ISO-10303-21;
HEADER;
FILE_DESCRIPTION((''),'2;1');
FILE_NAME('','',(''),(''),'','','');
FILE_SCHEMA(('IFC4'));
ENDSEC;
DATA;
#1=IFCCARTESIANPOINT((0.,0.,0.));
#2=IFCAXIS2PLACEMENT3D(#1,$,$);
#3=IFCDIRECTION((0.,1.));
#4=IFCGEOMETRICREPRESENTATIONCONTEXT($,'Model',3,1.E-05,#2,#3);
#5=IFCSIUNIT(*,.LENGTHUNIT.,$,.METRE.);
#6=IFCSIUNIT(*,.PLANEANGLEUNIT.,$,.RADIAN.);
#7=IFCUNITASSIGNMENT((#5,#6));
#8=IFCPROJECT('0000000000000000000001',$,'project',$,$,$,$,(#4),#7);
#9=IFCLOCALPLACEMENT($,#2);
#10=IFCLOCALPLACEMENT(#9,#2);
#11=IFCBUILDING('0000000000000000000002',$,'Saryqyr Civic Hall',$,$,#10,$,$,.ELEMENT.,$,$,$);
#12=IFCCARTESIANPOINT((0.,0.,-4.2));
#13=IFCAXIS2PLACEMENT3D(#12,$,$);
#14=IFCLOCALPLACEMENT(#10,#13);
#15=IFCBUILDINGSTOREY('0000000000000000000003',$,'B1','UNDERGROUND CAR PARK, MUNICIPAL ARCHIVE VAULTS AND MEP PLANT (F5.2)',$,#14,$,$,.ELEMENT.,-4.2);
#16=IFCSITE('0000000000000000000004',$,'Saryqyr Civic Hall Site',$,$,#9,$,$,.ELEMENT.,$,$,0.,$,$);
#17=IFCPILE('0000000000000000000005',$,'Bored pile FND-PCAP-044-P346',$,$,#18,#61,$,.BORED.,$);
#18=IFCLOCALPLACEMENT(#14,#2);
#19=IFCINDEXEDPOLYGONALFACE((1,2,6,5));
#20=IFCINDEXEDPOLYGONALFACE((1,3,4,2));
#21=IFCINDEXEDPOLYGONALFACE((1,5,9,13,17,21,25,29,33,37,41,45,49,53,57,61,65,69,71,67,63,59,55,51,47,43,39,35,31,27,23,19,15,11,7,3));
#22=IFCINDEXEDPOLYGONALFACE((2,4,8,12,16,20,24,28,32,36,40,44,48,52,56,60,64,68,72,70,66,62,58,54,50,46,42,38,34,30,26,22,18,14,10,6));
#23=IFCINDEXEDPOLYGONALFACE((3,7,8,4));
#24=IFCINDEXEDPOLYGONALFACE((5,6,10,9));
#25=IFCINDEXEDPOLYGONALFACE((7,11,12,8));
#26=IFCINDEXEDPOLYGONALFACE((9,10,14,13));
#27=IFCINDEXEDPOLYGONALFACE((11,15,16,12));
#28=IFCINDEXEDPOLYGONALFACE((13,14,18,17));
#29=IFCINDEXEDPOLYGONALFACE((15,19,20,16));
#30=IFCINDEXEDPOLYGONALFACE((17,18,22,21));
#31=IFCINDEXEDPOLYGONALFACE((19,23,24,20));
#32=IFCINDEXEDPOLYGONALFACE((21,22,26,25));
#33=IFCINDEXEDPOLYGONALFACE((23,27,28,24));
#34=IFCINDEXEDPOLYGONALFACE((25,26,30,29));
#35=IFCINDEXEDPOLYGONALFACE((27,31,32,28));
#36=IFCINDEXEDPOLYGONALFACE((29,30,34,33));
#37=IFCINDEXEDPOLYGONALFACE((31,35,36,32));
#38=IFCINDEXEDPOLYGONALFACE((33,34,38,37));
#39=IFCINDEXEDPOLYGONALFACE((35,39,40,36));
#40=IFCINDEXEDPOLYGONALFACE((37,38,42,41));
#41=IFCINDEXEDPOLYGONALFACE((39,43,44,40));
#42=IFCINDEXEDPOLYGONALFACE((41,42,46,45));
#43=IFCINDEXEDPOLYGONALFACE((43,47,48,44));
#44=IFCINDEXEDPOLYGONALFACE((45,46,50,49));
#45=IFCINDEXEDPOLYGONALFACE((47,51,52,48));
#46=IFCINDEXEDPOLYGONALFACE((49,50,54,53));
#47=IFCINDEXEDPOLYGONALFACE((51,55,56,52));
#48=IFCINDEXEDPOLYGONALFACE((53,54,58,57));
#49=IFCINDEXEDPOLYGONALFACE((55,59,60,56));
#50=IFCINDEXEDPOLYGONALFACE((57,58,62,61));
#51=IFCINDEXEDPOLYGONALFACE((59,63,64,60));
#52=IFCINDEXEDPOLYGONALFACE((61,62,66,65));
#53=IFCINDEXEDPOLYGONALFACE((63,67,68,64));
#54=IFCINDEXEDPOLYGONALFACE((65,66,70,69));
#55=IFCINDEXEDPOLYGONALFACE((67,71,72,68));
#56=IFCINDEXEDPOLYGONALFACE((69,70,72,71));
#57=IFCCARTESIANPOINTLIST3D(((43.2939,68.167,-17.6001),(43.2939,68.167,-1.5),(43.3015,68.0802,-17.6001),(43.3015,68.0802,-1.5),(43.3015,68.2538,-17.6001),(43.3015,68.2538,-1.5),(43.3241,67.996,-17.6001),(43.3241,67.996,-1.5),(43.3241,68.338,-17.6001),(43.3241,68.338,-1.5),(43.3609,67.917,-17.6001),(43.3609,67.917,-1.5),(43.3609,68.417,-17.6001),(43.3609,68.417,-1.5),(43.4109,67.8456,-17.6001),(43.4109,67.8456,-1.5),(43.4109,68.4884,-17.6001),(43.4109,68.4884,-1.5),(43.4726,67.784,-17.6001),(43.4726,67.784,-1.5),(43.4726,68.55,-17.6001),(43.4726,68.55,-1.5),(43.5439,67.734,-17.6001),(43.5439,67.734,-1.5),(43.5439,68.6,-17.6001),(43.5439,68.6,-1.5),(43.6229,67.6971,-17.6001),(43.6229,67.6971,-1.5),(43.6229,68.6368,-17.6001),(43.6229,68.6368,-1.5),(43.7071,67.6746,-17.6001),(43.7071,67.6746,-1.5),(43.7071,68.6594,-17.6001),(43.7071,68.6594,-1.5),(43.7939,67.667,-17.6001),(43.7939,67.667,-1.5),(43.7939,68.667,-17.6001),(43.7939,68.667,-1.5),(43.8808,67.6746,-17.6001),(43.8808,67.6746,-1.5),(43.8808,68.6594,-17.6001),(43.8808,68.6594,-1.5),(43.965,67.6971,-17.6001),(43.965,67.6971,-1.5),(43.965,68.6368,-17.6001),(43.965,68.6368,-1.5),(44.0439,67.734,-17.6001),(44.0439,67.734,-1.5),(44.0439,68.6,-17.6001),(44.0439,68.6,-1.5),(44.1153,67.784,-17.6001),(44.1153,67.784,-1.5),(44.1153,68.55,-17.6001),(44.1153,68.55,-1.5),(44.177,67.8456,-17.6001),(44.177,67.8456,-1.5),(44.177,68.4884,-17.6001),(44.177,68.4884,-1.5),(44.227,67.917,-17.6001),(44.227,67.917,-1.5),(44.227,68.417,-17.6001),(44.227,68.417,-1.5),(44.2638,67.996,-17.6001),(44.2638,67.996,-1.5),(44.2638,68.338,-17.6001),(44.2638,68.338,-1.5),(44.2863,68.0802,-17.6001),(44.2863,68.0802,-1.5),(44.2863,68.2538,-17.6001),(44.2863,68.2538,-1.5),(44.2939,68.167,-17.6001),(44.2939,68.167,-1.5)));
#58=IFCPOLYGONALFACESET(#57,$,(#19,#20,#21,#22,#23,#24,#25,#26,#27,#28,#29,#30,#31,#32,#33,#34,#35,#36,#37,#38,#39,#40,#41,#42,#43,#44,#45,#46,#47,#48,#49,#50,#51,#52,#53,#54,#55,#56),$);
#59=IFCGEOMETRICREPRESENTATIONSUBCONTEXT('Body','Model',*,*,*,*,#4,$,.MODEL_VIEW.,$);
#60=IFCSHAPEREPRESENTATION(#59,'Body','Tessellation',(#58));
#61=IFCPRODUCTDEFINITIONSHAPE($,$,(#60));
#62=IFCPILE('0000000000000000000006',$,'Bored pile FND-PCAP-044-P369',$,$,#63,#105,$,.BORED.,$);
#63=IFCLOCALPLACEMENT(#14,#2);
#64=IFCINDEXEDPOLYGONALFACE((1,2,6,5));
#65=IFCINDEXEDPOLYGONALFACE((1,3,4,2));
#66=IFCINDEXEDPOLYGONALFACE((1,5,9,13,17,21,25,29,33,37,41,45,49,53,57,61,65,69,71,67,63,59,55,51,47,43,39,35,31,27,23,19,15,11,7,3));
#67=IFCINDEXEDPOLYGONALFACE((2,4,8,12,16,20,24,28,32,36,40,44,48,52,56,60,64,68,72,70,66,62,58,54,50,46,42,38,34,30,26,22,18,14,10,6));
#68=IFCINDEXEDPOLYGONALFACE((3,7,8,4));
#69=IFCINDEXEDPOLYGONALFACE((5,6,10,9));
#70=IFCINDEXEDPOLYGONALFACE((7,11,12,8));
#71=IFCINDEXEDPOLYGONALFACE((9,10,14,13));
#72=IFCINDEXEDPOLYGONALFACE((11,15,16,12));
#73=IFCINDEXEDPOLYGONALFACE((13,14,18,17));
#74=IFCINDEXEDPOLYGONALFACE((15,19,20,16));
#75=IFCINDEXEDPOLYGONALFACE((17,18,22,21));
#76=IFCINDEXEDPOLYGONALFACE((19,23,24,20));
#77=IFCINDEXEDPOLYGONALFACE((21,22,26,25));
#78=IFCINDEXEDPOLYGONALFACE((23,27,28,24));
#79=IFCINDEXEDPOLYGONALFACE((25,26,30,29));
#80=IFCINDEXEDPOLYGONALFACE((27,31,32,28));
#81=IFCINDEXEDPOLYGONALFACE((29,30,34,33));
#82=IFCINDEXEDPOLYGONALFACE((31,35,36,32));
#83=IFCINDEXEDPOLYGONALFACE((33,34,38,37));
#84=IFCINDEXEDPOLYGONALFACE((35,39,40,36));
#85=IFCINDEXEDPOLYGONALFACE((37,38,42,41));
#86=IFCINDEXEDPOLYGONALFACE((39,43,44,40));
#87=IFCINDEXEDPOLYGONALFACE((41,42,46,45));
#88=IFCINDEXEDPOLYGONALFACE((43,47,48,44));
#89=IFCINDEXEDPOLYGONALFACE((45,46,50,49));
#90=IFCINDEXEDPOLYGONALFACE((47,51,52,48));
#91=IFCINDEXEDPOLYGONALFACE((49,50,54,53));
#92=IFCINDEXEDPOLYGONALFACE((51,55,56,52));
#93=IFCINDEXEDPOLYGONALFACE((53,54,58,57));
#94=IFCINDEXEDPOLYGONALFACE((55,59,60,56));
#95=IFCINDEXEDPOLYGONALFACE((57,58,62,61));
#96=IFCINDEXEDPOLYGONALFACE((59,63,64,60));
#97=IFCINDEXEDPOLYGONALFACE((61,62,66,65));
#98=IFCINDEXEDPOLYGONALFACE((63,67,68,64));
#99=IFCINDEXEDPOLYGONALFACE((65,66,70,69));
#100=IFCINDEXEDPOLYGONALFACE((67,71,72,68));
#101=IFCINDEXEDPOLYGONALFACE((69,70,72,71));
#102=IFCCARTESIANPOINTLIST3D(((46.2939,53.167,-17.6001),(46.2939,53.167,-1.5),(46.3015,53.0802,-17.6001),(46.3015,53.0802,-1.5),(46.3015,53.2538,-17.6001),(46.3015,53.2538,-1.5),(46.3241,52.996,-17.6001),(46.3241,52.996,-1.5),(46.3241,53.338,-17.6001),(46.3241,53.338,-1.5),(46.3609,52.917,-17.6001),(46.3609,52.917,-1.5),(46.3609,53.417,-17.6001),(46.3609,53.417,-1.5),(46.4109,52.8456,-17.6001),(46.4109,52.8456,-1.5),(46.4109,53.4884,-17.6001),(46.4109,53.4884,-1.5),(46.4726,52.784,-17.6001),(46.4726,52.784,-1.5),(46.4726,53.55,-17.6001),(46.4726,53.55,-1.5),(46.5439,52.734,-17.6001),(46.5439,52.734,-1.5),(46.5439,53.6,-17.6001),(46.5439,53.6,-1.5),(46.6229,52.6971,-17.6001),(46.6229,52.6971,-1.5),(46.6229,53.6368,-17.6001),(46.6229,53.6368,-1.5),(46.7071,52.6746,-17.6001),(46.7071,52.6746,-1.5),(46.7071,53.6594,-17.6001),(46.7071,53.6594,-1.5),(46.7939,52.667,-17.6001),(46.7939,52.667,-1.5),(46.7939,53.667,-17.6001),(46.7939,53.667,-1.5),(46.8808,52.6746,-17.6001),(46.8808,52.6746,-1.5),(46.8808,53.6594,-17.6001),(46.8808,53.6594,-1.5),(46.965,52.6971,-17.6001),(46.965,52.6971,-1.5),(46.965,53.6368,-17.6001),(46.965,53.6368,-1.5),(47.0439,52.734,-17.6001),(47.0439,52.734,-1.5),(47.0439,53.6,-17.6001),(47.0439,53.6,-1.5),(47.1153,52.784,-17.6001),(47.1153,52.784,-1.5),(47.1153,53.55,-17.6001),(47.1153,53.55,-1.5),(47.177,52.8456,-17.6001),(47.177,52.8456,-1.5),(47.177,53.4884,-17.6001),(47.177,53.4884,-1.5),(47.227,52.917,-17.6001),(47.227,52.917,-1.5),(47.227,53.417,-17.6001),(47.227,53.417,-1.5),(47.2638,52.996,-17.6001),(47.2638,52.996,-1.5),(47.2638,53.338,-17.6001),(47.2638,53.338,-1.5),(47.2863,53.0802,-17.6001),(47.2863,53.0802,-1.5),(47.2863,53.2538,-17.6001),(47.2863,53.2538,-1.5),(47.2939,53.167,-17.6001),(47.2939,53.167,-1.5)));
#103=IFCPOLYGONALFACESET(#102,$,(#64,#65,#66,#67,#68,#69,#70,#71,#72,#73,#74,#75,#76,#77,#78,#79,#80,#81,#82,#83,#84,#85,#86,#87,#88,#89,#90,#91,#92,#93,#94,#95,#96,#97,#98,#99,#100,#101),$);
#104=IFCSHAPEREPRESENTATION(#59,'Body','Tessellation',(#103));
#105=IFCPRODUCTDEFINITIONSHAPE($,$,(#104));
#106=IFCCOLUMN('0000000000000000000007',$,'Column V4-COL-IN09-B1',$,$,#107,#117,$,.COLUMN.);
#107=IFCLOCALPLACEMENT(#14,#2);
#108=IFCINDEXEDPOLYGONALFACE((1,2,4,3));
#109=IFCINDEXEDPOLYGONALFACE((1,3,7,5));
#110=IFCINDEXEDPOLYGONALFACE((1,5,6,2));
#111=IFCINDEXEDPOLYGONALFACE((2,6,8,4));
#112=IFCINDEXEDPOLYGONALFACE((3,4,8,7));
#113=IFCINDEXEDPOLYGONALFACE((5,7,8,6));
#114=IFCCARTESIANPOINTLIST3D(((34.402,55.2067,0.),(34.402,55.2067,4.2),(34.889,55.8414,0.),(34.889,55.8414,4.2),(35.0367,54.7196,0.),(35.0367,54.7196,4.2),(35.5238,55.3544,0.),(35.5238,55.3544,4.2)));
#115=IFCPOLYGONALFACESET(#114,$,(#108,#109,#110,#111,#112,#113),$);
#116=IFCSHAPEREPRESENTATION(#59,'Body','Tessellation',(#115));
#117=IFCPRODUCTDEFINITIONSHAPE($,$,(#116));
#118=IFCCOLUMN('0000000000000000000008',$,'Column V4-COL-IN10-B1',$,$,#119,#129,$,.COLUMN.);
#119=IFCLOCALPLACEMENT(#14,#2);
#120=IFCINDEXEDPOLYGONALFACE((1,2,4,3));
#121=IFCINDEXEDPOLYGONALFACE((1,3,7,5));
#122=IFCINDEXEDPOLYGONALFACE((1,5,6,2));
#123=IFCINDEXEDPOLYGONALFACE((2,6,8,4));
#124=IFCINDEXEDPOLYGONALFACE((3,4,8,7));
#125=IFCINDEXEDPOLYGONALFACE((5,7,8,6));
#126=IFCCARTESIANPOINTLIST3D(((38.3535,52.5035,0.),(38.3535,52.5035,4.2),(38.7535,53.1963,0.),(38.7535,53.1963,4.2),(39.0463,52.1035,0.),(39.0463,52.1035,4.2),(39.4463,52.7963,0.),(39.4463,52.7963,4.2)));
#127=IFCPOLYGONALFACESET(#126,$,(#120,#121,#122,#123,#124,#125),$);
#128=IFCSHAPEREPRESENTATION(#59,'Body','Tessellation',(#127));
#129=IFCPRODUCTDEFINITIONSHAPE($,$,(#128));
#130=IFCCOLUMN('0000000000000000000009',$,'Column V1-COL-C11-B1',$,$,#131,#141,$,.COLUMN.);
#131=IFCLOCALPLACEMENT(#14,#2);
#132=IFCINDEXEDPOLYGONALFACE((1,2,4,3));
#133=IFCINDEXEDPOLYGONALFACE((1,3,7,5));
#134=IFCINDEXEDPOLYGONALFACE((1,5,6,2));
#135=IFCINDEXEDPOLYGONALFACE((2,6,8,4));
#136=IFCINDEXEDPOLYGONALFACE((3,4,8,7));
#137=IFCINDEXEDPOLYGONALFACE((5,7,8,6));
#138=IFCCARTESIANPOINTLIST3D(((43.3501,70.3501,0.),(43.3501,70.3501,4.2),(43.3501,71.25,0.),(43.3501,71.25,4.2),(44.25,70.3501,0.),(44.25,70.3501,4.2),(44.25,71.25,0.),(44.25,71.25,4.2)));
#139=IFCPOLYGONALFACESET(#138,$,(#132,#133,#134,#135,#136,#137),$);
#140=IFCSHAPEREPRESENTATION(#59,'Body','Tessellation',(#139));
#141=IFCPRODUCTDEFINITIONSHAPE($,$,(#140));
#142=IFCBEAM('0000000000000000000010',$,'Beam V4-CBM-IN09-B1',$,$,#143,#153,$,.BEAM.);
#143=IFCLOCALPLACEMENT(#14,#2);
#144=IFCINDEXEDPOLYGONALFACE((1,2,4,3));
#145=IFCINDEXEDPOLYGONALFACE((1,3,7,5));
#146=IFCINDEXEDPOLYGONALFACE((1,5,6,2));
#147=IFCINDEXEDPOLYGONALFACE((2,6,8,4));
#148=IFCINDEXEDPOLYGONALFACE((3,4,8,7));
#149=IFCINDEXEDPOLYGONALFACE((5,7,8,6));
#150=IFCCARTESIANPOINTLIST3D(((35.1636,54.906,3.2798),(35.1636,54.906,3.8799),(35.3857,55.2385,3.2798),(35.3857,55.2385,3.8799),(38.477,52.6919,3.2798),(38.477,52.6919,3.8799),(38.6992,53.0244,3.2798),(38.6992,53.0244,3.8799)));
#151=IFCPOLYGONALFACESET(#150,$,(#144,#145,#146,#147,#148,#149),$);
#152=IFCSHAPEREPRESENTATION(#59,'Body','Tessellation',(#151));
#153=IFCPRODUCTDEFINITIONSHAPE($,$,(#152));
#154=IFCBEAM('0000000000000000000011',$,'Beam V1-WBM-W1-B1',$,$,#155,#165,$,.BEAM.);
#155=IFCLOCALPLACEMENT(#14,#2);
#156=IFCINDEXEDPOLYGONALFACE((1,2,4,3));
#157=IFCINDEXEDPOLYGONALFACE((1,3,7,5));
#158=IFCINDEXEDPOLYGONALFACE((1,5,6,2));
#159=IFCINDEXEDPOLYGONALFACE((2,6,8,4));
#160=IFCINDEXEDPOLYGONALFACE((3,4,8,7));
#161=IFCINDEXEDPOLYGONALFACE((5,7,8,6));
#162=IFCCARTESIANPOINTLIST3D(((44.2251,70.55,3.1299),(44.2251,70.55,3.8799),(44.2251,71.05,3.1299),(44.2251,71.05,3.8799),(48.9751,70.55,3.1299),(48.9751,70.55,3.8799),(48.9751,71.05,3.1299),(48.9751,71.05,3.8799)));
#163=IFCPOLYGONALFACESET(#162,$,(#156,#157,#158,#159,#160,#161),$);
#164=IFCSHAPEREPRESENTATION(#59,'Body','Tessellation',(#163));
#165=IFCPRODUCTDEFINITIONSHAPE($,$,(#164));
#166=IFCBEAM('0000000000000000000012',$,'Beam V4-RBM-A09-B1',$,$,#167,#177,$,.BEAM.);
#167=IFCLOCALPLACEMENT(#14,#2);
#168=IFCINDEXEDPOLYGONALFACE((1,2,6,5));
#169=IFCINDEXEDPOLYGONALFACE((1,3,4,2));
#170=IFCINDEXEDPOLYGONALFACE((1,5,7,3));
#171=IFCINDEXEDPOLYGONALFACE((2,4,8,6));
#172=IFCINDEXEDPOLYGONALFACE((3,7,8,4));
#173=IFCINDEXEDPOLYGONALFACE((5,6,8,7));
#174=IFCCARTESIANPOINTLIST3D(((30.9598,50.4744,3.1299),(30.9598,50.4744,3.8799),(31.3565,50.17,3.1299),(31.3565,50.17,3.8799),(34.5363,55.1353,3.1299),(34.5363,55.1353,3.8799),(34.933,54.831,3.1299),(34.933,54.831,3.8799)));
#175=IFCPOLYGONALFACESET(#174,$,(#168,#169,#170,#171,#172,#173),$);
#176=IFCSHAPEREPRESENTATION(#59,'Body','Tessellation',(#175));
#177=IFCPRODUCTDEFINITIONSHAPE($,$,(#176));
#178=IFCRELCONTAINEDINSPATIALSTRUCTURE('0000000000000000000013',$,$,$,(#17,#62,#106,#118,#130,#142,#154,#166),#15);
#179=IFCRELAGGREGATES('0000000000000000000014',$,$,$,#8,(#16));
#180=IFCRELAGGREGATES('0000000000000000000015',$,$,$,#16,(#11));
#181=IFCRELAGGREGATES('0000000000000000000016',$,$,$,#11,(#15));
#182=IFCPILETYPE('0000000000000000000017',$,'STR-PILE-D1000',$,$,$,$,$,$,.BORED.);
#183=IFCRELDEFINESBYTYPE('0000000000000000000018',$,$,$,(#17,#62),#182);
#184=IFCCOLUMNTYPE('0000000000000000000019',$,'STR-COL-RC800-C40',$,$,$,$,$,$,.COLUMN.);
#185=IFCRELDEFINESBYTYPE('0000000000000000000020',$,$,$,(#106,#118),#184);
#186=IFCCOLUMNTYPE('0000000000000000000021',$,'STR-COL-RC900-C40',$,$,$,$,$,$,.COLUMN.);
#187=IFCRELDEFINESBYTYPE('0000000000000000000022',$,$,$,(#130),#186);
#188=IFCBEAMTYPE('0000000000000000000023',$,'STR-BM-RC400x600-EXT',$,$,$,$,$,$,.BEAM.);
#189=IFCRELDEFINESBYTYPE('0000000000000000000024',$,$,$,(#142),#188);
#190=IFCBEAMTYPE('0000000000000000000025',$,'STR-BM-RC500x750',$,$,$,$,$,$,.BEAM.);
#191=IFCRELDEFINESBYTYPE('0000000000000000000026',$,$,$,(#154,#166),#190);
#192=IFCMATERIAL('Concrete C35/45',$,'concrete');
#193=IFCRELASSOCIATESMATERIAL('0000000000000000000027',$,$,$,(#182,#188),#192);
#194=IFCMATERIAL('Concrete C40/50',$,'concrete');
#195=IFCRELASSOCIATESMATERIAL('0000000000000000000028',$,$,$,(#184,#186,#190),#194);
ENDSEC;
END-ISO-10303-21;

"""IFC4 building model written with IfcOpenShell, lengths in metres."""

from ifc_helpers import new_model, si_unit, direction, frame, origin, origin_2d, place, context, subcontext, project, spatial, rectangle, circle, extrude, material, material_profile, profile_set, type_object, element, save


model = new_model("IFC4")

# Units and contexts
model_context = context("Model", 3, precision=1e-05, world=origin(), true_north=direction((0.0, 1.0)))
body_context = subcontext(model_context, "Body", "Model", "MODEL_VIEW")
ifc_project = project(units=[si_unit("LENGTHUNIT", "METRE"), si_unit("PLANEANGLEUNIT", "RADIAN")], contexts=[model_context])

# Site, building, storey
site_placement = place(None, origin())
site = spatial("IfcSite", under=ifc_project, at=site_placement, Name="Saryqyr Civic Hall Site", CompositionType="ELEMENT", RefElevation=0.0)
building_placement = place(site_placement, origin())
building = spatial("IfcBuilding", under=site, at=building_placement, Name="Saryqyr Civic Hall", CompositionType="ELEMENT")
storey_placement = place(building_placement, frame((0.0, 0.0, -4.2)))
storey = spatial("IfcBuildingStorey", under=building, at=storey_placement, Name="B1", Description="UNDERGROUND CAR PARK, MUNICIPAL ARCHIVE VAULTS AND MEP PLANT (F5.2)", CompositionType="ELEMENT", Elevation=-4.2)

# Piles
ifc_material_1 = material(Name="Concrete C35/45", Category="concrete")
ifc_material_profile_1 = material_profile(ifc_material_1, circle(Radius=0.5, at=origin_2d()), Name="BORED PILE D1000")
ifc_profile_set_1 = profile_set([ifc_material_profile_1], Name="Concrete C35/45")
pile_type = type_object("IfcPileType", Name="STR-PILE-D1000", PredefinedType="BORED", material=ifc_profile_set_1)
for number, where, z_axis, x_axis, name in (
    (1, (43.7939, 68.167, -1.5), (0.0, 0.0, -1.0), (1.0, 0.0, 0.0), "Bored pile FND-PCAP-044-P346"),
    (2, (46.7939, 53.167, -1.5), (0.0, 0.0, -1.0), (1.0, 0.0, 0.0), "Bored pile FND-PCAP-044-P369"),
):
    element("IfcPile", number, at=place(storey_placement, frame(where, z_axis=z_axis, x_axis=x_axis)), inside=storey, type_object=pile_type, Name=name, PredefinedType="BORED", context=body_context, shape_type="SweptSolid", body=[
        extrude(circle(Radius=0.5, at=origin_2d()), origin(), (0.0, 0.0, 1.0), 16.1001),
    ])

# Columns
ifc_material_2 = material(Name="Concrete C40/50", Category="concrete")
ifc_material_profile_2 = material_profile(ifc_material_2, rectangle(XDim=0.8, YDim=0.8, at=origin_2d()), Name="RC 800x800")
ifc_profile_set_2 = profile_set([ifc_material_profile_2], Name="Concrete C40/50")
column_type_1 = type_object("IfcColumnType", Name="STR-COL-RC800-C40", PredefinedType="COLUMN", material=ifc_profile_set_2)
for number, where, z_axis, x_axis, name in (
    (3, (34.9629, 55.2805, 0.0), (0.0, 0.0, 1.0), (-0.608761, -0.793353, 0.0), "Column V4-COL-IN09-B1"),
    (4, (38.8999, 52.6499, 0.0), (0.0, 0.0, 1.0), (-0.5, -0.866025, 0.0), "Column V4-COL-IN10-B1"),
):
    element("IfcColumn", number, at=place(storey_placement, frame(where, z_axis=z_axis, x_axis=x_axis)), inside=storey, type_object=column_type_1, Name=name, PredefinedType="COLUMN", context=body_context, shape_type="SweptSolid", body=[
        extrude(rectangle(XDim=0.8, YDim=0.8, at=origin_2d()), origin(), (0.0, 0.0, 1.0), 4.2),
    ])
ifc_material_profile_3 = material_profile(ifc_material_2, rectangle(XDim=0.8999, YDim=0.8999, at=origin_2d()), Name="RC 900x900")
ifc_profile_set_3 = profile_set([ifc_material_profile_3], Name="Concrete C40/50")
column_type_2 = type_object("IfcColumnType", Name="STR-COL-RC900-C40", PredefinedType="COLUMN", material=ifc_profile_set_3)
column_placement = place(storey_placement, frame((43.8, 70.8, 0.0), z_axis=(0.0, 0.0, 1.0), x_axis=(1.0, 0.0, 0.0)))
element("IfcColumn", 5, at=column_placement, inside=storey, type_object=column_type_2, Name="Column V1-COL-C11-B1", PredefinedType="COLUMN", context=body_context, shape_type="SweptSolid", body=[
    extrude(rectangle(XDim=0.8999, YDim=0.8999, at=origin_2d()), origin(), (0.0, 0.0, 1.0), 4.2),
])

# Beams
ifc_material_profile_4 = material_profile(ifc_material_1, rectangle(XDim=0.3999, YDim=0.6001, at=origin_2d()), Name="RC 400x600")
ifc_profile_set_4 = profile_set([ifc_material_profile_4], Name="Concrete C35/45")
beam_type_1 = type_object("IfcBeamType", Name="STR-BM-RC400x600-EXT", PredefinedType="BEAM", material=ifc_profile_set_4)
beam_1_placement = place(storey_placement, frame((35.2747, 55.0723, 3.5798), z_axis=(0.831456, -0.555591, 0.0), x_axis=(0.555591, 0.831456, 0.0)))
element("IfcBeam", 6, at=beam_1_placement, inside=storey, type_object=beam_type_1, Name="Beam V4-CBM-IN09-B1", PredefinedType="BEAM", context=body_context, shape_type="SweptSolid", body=[
    extrude(rectangle(XDim=0.3999, YDim=0.6001, at=origin_2d()), origin(), (0.0, 0.0, 1.0), 3.9851),
])
ifc_material_profile_5 = material_profile(ifc_material_2, rectangle(XDim=0.5, YDim=0.75, at=origin_2d()), Name="RC 500x750")
ifc_profile_set_5 = profile_set([ifc_material_profile_5], Name="Concrete C40/50")
beam_type_2 = type_object("IfcBeamType", Name="STR-BM-RC500x750", PredefinedType="BEAM", material=ifc_profile_set_5)
beam_2_placement = place(storey_placement, frame((44.2251, 70.8, 3.5049), z_axis=(1.0, 0.0, 0.0), x_axis=(0.0, 1.0, 0.0)))
element("IfcBeam", 7, at=beam_2_placement, inside=storey, type_object=beam_type_2, Name="Beam V1-WBM-W1-B1", PredefinedType="BEAM", context=body_context, shape_type="SweptSolid", body=[
    extrude(rectangle(XDim=0.5, YDim=0.75, at=origin_2d()), origin(), (0.0, 0.0, 1.0), 4.75),
])
beam_3_placement = place(storey_placement, frame((34.7346, 54.9832, 3.5049), z_axis=(-0.60876, -0.793354, 0.0), x_axis=(0.793354, -0.60876, 0.0)))
element("IfcBeam", 8, at=beam_3_placement, inside=storey, type_object=beam_type_2, Name="Beam V4-RBM-A09-B1", PredefinedType="BEAM", context=body_context, shape_type="SweptSolid", body=[
    extrude(rectangle(XDim=0.5, YDim=0.75, at=origin_2d()), origin(), (0.0, 0.0, 1.0), 5.875),
])

save(model, "model.ifc")
